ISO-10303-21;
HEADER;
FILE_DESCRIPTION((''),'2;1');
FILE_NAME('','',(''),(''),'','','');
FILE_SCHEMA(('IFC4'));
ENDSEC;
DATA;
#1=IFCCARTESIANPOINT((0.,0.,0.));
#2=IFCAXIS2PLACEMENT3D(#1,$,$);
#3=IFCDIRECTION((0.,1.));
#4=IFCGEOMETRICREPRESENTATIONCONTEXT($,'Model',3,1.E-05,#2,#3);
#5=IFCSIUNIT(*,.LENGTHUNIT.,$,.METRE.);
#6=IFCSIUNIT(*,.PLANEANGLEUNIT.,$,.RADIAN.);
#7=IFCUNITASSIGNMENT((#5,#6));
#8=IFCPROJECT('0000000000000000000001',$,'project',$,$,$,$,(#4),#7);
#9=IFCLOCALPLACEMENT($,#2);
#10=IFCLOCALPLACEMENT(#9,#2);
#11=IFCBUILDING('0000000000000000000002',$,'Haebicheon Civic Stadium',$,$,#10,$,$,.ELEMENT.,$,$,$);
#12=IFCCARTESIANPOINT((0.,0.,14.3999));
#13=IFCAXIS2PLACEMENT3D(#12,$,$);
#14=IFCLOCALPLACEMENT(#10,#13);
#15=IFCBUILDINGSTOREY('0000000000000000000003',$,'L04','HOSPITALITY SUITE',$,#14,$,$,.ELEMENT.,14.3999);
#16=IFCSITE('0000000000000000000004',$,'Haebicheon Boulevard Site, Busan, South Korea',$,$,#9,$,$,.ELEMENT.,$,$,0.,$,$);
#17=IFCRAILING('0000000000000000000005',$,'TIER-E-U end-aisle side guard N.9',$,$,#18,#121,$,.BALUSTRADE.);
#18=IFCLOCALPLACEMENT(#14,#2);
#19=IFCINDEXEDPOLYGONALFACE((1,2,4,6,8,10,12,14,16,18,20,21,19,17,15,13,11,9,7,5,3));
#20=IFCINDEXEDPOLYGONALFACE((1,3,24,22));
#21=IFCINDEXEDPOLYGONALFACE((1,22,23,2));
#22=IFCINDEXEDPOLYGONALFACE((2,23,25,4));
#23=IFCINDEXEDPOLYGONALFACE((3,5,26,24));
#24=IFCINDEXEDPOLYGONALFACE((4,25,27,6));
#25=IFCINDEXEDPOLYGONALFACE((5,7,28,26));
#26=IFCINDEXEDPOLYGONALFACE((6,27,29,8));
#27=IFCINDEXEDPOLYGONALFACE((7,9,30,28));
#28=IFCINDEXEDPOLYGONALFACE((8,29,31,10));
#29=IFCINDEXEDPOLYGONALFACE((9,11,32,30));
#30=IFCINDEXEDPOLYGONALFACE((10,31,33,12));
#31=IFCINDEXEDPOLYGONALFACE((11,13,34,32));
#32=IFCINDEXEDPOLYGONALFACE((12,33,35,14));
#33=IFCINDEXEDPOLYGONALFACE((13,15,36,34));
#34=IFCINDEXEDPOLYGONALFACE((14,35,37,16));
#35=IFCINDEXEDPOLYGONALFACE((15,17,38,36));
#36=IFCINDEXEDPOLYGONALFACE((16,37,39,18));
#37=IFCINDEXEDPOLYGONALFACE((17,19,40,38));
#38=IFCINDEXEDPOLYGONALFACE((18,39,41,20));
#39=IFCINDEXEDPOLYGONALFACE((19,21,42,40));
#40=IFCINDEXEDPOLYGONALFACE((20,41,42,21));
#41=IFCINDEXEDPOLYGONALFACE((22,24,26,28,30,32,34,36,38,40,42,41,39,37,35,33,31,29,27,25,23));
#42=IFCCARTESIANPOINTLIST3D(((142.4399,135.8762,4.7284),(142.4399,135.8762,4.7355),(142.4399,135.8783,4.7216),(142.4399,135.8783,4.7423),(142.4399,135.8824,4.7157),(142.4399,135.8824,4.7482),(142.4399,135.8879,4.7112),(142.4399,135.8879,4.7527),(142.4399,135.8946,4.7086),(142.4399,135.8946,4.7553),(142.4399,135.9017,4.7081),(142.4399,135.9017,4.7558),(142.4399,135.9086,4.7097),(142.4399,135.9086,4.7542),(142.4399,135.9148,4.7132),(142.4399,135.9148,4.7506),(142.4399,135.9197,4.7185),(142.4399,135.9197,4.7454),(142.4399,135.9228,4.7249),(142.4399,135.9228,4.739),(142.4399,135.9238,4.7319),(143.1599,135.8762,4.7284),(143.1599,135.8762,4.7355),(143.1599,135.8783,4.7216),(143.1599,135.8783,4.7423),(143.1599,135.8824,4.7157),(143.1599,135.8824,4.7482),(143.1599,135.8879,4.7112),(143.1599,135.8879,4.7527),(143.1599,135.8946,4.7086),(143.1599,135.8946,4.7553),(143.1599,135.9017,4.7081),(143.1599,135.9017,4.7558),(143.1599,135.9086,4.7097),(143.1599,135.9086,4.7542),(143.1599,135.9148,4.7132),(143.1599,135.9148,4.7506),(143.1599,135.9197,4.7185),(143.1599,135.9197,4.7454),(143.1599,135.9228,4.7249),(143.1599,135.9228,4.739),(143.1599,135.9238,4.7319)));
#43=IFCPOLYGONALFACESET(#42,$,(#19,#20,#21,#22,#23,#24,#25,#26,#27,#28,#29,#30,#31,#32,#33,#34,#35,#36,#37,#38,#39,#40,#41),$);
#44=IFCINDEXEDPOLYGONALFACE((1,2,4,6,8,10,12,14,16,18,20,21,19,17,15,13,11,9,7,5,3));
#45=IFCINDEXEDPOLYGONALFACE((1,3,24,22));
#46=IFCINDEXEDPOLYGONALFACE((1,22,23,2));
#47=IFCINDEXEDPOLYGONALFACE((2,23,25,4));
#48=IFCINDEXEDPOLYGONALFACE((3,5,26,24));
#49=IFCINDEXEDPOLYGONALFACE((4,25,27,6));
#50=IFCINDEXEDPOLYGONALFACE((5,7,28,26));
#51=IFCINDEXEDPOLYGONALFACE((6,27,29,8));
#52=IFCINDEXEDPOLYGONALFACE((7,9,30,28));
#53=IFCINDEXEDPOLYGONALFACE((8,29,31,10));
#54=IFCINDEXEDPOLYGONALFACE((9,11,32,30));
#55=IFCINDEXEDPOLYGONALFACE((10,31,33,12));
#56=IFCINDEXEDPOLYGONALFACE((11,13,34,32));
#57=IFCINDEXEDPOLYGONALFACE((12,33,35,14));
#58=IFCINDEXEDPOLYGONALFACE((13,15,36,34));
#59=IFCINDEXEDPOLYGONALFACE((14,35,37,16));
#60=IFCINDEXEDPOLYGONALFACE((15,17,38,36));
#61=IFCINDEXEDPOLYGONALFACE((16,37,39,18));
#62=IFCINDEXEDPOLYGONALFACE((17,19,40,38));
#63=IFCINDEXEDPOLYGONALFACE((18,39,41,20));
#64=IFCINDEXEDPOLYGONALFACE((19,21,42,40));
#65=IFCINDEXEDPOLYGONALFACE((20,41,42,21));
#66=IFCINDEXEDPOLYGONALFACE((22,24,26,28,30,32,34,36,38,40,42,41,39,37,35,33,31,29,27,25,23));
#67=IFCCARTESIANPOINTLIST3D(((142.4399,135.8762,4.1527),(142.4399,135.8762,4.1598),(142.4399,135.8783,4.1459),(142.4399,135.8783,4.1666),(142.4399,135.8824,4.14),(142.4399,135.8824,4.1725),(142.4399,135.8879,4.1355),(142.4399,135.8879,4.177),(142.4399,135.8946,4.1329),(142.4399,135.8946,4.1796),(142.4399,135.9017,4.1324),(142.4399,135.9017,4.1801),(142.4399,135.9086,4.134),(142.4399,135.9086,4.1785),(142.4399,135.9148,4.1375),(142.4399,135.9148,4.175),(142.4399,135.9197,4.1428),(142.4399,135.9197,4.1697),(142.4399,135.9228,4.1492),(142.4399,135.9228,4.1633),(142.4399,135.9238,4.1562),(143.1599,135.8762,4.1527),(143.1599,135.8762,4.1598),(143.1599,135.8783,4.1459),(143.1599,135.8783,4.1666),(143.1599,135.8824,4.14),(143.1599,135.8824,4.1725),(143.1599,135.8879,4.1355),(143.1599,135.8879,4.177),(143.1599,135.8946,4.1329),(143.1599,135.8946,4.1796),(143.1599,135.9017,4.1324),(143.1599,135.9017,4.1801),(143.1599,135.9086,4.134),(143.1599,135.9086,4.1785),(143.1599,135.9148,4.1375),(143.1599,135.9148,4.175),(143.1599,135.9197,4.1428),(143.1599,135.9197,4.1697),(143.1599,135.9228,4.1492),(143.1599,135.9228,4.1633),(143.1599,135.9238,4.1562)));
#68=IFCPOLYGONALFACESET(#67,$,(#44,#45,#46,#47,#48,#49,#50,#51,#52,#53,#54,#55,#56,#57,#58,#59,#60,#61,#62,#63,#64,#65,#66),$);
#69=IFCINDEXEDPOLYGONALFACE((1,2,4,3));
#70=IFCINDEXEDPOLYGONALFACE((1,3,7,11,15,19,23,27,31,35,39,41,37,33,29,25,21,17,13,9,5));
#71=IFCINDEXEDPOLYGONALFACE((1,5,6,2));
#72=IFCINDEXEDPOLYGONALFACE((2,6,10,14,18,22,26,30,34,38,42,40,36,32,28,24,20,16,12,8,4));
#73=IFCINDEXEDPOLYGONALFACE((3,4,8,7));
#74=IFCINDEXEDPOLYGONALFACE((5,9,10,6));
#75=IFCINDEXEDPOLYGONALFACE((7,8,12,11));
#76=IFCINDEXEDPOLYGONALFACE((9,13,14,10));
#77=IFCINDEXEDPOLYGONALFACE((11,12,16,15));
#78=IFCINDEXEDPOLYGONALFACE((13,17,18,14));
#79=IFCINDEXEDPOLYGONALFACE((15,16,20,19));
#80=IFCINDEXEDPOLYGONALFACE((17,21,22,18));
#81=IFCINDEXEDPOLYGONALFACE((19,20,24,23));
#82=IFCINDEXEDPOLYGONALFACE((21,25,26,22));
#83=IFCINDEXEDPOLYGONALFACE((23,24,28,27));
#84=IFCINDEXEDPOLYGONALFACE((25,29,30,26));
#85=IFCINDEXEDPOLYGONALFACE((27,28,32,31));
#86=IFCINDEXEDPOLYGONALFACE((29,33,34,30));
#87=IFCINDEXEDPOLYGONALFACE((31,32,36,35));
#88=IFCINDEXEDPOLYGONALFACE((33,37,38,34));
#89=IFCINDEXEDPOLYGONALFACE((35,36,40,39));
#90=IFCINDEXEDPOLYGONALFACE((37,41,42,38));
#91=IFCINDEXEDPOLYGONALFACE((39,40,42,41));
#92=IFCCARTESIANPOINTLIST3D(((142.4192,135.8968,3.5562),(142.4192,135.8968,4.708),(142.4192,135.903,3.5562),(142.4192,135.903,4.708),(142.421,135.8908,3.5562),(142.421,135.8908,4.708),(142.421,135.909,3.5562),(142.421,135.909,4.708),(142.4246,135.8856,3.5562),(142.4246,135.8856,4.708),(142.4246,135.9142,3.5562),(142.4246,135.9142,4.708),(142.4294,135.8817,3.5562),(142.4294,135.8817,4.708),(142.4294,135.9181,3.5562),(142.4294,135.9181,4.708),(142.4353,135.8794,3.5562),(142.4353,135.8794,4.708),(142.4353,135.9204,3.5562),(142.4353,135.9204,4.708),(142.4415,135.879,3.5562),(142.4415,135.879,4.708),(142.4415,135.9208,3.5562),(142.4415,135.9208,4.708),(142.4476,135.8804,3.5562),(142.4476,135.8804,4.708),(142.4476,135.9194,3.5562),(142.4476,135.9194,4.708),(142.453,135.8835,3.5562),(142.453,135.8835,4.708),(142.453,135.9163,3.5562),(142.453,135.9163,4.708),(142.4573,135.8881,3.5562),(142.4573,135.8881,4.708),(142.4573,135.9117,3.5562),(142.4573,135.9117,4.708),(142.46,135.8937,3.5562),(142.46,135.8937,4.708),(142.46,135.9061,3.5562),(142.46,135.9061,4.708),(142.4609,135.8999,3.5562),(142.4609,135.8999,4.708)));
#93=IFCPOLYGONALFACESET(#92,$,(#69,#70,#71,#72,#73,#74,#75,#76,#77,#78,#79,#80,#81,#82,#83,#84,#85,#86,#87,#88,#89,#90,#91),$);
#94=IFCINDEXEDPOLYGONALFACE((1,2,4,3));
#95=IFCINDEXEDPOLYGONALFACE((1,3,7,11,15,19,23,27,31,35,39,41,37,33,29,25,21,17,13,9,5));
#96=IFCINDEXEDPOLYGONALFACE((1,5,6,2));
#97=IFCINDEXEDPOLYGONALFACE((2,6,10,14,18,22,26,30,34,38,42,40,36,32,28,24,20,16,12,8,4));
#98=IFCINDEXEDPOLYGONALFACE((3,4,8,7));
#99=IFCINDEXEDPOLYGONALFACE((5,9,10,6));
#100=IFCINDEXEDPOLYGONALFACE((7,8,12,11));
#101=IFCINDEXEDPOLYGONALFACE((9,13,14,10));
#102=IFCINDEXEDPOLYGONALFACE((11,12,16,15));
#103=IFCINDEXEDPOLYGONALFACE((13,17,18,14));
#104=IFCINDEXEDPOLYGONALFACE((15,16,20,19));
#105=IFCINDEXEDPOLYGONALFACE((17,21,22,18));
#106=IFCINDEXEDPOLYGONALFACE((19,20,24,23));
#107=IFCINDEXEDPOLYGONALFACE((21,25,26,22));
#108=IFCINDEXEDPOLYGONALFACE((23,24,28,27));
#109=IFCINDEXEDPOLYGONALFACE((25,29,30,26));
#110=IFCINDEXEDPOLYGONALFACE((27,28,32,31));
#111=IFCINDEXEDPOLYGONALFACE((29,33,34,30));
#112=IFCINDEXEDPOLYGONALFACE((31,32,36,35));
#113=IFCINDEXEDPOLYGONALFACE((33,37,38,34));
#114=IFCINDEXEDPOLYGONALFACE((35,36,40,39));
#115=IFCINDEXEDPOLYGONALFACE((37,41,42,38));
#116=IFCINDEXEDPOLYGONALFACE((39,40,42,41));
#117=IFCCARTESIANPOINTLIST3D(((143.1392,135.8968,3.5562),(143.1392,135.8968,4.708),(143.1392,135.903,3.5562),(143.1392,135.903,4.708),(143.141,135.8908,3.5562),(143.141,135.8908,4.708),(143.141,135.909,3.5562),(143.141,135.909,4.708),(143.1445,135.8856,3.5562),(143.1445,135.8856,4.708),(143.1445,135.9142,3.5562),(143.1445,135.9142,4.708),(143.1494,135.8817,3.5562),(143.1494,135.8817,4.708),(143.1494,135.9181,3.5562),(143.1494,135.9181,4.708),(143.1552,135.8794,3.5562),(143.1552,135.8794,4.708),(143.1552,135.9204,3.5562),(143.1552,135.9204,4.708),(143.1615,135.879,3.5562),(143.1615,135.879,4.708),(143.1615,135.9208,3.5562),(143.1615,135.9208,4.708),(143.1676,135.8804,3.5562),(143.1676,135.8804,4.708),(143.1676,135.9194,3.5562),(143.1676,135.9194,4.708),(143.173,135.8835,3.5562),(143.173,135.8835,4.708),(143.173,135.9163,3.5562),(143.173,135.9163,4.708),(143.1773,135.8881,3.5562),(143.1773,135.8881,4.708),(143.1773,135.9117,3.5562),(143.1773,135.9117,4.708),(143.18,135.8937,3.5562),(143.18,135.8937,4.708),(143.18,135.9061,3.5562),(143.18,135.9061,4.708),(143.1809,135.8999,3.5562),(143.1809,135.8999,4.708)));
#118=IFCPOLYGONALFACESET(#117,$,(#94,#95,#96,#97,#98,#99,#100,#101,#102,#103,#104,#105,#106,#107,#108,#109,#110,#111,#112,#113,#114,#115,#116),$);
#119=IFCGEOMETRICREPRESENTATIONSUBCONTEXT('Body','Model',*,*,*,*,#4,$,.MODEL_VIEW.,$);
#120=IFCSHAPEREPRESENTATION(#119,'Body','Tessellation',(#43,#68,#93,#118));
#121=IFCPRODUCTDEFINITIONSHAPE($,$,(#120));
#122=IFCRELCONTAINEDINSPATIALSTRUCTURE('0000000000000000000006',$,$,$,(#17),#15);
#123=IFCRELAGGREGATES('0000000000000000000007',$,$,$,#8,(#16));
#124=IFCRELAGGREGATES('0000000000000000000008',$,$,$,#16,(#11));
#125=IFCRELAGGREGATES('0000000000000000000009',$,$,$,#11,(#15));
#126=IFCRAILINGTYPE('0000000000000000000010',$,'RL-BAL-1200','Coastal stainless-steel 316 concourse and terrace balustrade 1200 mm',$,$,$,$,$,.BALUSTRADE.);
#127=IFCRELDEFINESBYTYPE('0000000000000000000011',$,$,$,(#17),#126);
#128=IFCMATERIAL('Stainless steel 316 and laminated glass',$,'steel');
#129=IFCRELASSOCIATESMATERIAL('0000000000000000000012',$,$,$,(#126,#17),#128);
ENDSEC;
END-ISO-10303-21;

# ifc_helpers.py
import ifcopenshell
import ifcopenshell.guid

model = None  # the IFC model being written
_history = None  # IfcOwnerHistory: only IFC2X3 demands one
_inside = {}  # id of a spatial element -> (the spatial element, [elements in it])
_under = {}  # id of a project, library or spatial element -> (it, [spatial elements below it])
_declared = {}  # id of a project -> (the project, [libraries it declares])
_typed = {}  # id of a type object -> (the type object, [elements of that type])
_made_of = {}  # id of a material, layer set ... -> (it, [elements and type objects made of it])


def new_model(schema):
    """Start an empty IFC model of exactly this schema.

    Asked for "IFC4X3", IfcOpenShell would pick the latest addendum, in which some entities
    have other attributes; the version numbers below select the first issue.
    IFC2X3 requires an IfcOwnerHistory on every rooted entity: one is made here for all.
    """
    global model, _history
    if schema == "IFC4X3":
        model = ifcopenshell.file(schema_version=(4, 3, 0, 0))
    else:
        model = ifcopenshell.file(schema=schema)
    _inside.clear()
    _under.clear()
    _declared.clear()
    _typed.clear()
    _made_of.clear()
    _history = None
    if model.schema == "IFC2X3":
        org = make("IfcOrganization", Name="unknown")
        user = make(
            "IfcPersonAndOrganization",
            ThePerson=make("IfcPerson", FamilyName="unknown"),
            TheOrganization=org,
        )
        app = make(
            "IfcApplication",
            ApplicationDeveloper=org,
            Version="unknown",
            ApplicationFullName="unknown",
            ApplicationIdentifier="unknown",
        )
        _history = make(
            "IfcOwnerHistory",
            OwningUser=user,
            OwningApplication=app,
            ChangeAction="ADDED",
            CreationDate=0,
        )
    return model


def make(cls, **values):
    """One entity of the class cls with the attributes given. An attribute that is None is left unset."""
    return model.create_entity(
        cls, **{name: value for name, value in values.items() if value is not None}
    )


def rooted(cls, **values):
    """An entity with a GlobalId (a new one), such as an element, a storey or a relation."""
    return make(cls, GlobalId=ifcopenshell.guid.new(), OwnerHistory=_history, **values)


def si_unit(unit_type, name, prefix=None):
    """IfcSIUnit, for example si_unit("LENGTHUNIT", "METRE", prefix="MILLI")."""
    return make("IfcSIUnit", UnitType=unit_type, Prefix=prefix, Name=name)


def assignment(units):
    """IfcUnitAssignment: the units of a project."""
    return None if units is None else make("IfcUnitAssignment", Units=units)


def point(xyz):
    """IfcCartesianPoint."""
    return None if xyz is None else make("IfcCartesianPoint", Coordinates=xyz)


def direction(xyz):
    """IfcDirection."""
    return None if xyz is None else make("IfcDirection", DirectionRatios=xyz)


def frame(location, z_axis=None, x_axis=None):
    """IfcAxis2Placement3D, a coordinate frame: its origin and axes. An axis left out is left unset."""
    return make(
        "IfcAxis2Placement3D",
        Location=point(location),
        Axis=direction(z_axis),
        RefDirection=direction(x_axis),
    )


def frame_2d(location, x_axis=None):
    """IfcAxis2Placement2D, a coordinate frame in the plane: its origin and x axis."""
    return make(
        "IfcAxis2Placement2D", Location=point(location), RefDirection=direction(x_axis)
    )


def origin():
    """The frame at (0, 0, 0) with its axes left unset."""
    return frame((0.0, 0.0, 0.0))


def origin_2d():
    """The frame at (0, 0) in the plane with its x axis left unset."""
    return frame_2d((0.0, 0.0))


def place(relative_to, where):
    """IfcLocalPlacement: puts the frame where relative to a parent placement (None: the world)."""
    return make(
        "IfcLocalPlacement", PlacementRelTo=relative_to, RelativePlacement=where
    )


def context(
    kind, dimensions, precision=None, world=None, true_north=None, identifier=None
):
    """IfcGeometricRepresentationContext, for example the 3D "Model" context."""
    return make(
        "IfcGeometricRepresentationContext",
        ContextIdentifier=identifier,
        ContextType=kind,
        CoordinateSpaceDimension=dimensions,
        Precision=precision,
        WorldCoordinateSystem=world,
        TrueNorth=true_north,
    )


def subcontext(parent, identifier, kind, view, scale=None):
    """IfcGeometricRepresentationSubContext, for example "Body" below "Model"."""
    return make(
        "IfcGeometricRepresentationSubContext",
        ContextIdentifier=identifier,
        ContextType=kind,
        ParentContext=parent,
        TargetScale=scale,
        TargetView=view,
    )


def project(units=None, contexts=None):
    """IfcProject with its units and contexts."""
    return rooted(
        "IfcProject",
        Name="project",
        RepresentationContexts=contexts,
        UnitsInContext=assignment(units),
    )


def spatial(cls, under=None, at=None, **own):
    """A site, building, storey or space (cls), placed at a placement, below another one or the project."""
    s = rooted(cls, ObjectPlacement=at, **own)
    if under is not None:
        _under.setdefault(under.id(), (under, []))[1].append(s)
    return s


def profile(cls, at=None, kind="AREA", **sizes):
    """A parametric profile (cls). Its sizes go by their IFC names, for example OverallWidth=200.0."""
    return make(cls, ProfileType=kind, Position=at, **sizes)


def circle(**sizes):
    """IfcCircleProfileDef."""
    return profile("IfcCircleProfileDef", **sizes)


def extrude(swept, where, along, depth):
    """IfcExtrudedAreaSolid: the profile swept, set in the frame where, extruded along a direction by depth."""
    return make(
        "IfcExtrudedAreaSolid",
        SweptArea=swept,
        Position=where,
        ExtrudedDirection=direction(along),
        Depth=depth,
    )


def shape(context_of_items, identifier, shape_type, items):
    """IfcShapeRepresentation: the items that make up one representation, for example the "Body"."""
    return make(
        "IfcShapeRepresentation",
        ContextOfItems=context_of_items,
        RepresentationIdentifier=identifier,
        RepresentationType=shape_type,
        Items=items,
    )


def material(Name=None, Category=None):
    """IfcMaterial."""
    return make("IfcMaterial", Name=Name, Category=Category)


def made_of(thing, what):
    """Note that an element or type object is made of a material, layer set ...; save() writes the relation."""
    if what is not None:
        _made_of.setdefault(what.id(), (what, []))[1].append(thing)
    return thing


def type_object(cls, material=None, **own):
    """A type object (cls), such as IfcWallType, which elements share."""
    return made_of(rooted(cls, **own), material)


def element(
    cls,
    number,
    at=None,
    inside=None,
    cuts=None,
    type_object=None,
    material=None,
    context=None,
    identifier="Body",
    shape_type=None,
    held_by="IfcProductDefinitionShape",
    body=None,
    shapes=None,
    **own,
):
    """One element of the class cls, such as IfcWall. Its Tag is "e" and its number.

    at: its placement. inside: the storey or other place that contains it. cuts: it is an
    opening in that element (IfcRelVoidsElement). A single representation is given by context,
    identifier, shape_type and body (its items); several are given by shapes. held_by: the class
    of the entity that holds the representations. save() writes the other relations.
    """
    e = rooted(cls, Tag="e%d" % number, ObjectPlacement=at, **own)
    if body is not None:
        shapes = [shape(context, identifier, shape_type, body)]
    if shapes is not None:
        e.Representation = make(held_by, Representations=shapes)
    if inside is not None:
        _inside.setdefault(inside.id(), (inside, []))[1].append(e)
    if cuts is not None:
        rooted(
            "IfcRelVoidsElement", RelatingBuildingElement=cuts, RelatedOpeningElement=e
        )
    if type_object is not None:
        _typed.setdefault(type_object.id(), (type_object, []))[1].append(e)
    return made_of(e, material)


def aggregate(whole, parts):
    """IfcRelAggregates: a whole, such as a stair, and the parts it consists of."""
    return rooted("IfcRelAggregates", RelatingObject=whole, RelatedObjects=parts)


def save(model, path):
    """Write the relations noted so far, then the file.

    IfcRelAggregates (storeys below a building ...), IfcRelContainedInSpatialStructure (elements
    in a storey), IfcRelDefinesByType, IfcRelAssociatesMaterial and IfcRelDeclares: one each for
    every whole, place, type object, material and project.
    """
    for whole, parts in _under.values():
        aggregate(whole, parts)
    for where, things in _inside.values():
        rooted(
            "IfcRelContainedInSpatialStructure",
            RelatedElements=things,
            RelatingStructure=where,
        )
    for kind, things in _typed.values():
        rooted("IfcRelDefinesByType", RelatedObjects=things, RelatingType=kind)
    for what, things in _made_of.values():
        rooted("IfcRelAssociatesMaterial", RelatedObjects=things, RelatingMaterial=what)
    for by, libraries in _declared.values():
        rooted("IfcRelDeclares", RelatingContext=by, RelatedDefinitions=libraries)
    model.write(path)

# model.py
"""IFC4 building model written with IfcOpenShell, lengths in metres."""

from ifc_helpers import new_model, si_unit, direction, frame, origin, origin_2d, place, context, subcontext, project, spatial, circle, extrude, material, type_object, element, save


model = new_model("IFC4")

# Units and contexts
model_context = context("Model", 3, precision=1e-05, world=origin(), true_north=direction((0.0, 1.0)))
body_context = subcontext(model_context, "Body", "Model", "MODEL_VIEW")
ifc_project = project(units=[si_unit("LENGTHUNIT", "METRE"), si_unit("PLANEANGLEUNIT", "RADIAN")], contexts=[model_context])

# Site, building, storey
site_placement = place(None, origin())
site = spatial("IfcSite", under=ifc_project, at=site_placement, Name="Haebicheon Boulevard Site, Busan, South Korea", CompositionType="ELEMENT", RefElevation=0.0)
building_placement = place(site_placement, origin())
building = spatial("IfcBuilding", under=site, at=building_placement, Name="Haebicheon Civic Stadium", CompositionType="ELEMENT")
storey_placement = place(building_placement, frame((0.0, 0.0, 14.3999)))
storey = spatial("IfcBuildingStorey", under=building, at=storey_placement, Name="L04", Description="HOSPITALITY SUITE", CompositionType="ELEMENT", Elevation=14.3999)

# Railing
ifc_material_1 = material(Name="Stainless steel 316 and laminated glass", Category="steel")
railing_type = type_object("IfcRailingType", Name="RL-BAL-1200", Description="Coastal stainless-steel 316 concourse and terrace balustrade 1200 mm", PredefinedType="BALUSTRADE", material=ifc_material_1)
railing_1_placement = place(storey_placement, frame((142.4399, 135.8999, 3.5562)))
element("IfcRailing", 1, at=railing_1_placement, inside=storey, type_object=railing_type, material=ifc_material_1, Name="TIER-E-U end-aisle side guard N.9", PredefinedType="BALUSTRADE", context=body_context, shape_type="SweptSolid", body=[
    extrude(circle(Radius=0.0239, at=origin_2d()), frame((0.0, 0.0, 1.1758), z_axis=(1.0, 0.0, 0.0), x_axis=(0.0, 1.0, 0.0)), (0.0, 0.0, 1.0), 0.72),
    extrude(circle(Radius=0.0239, at=origin_2d()), frame((0.0, 0.0, 0.6001), z_axis=(1.0, 0.0, 0.0), x_axis=(0.0, 1.0, 0.0)), (0.0, 0.0, 1.0), 0.72),
    extrude(circle(Radius=0.021, at=origin_2d()), origin(), (0.0, 0.0, 1.0), 1.1519),
    extrude(circle(Radius=0.021, at=origin_2d()), frame((0.72, 0.0, 0.0)), (0.0, 0.0, 1.0), 1.1519),
])

save(model, "model.ifc")
